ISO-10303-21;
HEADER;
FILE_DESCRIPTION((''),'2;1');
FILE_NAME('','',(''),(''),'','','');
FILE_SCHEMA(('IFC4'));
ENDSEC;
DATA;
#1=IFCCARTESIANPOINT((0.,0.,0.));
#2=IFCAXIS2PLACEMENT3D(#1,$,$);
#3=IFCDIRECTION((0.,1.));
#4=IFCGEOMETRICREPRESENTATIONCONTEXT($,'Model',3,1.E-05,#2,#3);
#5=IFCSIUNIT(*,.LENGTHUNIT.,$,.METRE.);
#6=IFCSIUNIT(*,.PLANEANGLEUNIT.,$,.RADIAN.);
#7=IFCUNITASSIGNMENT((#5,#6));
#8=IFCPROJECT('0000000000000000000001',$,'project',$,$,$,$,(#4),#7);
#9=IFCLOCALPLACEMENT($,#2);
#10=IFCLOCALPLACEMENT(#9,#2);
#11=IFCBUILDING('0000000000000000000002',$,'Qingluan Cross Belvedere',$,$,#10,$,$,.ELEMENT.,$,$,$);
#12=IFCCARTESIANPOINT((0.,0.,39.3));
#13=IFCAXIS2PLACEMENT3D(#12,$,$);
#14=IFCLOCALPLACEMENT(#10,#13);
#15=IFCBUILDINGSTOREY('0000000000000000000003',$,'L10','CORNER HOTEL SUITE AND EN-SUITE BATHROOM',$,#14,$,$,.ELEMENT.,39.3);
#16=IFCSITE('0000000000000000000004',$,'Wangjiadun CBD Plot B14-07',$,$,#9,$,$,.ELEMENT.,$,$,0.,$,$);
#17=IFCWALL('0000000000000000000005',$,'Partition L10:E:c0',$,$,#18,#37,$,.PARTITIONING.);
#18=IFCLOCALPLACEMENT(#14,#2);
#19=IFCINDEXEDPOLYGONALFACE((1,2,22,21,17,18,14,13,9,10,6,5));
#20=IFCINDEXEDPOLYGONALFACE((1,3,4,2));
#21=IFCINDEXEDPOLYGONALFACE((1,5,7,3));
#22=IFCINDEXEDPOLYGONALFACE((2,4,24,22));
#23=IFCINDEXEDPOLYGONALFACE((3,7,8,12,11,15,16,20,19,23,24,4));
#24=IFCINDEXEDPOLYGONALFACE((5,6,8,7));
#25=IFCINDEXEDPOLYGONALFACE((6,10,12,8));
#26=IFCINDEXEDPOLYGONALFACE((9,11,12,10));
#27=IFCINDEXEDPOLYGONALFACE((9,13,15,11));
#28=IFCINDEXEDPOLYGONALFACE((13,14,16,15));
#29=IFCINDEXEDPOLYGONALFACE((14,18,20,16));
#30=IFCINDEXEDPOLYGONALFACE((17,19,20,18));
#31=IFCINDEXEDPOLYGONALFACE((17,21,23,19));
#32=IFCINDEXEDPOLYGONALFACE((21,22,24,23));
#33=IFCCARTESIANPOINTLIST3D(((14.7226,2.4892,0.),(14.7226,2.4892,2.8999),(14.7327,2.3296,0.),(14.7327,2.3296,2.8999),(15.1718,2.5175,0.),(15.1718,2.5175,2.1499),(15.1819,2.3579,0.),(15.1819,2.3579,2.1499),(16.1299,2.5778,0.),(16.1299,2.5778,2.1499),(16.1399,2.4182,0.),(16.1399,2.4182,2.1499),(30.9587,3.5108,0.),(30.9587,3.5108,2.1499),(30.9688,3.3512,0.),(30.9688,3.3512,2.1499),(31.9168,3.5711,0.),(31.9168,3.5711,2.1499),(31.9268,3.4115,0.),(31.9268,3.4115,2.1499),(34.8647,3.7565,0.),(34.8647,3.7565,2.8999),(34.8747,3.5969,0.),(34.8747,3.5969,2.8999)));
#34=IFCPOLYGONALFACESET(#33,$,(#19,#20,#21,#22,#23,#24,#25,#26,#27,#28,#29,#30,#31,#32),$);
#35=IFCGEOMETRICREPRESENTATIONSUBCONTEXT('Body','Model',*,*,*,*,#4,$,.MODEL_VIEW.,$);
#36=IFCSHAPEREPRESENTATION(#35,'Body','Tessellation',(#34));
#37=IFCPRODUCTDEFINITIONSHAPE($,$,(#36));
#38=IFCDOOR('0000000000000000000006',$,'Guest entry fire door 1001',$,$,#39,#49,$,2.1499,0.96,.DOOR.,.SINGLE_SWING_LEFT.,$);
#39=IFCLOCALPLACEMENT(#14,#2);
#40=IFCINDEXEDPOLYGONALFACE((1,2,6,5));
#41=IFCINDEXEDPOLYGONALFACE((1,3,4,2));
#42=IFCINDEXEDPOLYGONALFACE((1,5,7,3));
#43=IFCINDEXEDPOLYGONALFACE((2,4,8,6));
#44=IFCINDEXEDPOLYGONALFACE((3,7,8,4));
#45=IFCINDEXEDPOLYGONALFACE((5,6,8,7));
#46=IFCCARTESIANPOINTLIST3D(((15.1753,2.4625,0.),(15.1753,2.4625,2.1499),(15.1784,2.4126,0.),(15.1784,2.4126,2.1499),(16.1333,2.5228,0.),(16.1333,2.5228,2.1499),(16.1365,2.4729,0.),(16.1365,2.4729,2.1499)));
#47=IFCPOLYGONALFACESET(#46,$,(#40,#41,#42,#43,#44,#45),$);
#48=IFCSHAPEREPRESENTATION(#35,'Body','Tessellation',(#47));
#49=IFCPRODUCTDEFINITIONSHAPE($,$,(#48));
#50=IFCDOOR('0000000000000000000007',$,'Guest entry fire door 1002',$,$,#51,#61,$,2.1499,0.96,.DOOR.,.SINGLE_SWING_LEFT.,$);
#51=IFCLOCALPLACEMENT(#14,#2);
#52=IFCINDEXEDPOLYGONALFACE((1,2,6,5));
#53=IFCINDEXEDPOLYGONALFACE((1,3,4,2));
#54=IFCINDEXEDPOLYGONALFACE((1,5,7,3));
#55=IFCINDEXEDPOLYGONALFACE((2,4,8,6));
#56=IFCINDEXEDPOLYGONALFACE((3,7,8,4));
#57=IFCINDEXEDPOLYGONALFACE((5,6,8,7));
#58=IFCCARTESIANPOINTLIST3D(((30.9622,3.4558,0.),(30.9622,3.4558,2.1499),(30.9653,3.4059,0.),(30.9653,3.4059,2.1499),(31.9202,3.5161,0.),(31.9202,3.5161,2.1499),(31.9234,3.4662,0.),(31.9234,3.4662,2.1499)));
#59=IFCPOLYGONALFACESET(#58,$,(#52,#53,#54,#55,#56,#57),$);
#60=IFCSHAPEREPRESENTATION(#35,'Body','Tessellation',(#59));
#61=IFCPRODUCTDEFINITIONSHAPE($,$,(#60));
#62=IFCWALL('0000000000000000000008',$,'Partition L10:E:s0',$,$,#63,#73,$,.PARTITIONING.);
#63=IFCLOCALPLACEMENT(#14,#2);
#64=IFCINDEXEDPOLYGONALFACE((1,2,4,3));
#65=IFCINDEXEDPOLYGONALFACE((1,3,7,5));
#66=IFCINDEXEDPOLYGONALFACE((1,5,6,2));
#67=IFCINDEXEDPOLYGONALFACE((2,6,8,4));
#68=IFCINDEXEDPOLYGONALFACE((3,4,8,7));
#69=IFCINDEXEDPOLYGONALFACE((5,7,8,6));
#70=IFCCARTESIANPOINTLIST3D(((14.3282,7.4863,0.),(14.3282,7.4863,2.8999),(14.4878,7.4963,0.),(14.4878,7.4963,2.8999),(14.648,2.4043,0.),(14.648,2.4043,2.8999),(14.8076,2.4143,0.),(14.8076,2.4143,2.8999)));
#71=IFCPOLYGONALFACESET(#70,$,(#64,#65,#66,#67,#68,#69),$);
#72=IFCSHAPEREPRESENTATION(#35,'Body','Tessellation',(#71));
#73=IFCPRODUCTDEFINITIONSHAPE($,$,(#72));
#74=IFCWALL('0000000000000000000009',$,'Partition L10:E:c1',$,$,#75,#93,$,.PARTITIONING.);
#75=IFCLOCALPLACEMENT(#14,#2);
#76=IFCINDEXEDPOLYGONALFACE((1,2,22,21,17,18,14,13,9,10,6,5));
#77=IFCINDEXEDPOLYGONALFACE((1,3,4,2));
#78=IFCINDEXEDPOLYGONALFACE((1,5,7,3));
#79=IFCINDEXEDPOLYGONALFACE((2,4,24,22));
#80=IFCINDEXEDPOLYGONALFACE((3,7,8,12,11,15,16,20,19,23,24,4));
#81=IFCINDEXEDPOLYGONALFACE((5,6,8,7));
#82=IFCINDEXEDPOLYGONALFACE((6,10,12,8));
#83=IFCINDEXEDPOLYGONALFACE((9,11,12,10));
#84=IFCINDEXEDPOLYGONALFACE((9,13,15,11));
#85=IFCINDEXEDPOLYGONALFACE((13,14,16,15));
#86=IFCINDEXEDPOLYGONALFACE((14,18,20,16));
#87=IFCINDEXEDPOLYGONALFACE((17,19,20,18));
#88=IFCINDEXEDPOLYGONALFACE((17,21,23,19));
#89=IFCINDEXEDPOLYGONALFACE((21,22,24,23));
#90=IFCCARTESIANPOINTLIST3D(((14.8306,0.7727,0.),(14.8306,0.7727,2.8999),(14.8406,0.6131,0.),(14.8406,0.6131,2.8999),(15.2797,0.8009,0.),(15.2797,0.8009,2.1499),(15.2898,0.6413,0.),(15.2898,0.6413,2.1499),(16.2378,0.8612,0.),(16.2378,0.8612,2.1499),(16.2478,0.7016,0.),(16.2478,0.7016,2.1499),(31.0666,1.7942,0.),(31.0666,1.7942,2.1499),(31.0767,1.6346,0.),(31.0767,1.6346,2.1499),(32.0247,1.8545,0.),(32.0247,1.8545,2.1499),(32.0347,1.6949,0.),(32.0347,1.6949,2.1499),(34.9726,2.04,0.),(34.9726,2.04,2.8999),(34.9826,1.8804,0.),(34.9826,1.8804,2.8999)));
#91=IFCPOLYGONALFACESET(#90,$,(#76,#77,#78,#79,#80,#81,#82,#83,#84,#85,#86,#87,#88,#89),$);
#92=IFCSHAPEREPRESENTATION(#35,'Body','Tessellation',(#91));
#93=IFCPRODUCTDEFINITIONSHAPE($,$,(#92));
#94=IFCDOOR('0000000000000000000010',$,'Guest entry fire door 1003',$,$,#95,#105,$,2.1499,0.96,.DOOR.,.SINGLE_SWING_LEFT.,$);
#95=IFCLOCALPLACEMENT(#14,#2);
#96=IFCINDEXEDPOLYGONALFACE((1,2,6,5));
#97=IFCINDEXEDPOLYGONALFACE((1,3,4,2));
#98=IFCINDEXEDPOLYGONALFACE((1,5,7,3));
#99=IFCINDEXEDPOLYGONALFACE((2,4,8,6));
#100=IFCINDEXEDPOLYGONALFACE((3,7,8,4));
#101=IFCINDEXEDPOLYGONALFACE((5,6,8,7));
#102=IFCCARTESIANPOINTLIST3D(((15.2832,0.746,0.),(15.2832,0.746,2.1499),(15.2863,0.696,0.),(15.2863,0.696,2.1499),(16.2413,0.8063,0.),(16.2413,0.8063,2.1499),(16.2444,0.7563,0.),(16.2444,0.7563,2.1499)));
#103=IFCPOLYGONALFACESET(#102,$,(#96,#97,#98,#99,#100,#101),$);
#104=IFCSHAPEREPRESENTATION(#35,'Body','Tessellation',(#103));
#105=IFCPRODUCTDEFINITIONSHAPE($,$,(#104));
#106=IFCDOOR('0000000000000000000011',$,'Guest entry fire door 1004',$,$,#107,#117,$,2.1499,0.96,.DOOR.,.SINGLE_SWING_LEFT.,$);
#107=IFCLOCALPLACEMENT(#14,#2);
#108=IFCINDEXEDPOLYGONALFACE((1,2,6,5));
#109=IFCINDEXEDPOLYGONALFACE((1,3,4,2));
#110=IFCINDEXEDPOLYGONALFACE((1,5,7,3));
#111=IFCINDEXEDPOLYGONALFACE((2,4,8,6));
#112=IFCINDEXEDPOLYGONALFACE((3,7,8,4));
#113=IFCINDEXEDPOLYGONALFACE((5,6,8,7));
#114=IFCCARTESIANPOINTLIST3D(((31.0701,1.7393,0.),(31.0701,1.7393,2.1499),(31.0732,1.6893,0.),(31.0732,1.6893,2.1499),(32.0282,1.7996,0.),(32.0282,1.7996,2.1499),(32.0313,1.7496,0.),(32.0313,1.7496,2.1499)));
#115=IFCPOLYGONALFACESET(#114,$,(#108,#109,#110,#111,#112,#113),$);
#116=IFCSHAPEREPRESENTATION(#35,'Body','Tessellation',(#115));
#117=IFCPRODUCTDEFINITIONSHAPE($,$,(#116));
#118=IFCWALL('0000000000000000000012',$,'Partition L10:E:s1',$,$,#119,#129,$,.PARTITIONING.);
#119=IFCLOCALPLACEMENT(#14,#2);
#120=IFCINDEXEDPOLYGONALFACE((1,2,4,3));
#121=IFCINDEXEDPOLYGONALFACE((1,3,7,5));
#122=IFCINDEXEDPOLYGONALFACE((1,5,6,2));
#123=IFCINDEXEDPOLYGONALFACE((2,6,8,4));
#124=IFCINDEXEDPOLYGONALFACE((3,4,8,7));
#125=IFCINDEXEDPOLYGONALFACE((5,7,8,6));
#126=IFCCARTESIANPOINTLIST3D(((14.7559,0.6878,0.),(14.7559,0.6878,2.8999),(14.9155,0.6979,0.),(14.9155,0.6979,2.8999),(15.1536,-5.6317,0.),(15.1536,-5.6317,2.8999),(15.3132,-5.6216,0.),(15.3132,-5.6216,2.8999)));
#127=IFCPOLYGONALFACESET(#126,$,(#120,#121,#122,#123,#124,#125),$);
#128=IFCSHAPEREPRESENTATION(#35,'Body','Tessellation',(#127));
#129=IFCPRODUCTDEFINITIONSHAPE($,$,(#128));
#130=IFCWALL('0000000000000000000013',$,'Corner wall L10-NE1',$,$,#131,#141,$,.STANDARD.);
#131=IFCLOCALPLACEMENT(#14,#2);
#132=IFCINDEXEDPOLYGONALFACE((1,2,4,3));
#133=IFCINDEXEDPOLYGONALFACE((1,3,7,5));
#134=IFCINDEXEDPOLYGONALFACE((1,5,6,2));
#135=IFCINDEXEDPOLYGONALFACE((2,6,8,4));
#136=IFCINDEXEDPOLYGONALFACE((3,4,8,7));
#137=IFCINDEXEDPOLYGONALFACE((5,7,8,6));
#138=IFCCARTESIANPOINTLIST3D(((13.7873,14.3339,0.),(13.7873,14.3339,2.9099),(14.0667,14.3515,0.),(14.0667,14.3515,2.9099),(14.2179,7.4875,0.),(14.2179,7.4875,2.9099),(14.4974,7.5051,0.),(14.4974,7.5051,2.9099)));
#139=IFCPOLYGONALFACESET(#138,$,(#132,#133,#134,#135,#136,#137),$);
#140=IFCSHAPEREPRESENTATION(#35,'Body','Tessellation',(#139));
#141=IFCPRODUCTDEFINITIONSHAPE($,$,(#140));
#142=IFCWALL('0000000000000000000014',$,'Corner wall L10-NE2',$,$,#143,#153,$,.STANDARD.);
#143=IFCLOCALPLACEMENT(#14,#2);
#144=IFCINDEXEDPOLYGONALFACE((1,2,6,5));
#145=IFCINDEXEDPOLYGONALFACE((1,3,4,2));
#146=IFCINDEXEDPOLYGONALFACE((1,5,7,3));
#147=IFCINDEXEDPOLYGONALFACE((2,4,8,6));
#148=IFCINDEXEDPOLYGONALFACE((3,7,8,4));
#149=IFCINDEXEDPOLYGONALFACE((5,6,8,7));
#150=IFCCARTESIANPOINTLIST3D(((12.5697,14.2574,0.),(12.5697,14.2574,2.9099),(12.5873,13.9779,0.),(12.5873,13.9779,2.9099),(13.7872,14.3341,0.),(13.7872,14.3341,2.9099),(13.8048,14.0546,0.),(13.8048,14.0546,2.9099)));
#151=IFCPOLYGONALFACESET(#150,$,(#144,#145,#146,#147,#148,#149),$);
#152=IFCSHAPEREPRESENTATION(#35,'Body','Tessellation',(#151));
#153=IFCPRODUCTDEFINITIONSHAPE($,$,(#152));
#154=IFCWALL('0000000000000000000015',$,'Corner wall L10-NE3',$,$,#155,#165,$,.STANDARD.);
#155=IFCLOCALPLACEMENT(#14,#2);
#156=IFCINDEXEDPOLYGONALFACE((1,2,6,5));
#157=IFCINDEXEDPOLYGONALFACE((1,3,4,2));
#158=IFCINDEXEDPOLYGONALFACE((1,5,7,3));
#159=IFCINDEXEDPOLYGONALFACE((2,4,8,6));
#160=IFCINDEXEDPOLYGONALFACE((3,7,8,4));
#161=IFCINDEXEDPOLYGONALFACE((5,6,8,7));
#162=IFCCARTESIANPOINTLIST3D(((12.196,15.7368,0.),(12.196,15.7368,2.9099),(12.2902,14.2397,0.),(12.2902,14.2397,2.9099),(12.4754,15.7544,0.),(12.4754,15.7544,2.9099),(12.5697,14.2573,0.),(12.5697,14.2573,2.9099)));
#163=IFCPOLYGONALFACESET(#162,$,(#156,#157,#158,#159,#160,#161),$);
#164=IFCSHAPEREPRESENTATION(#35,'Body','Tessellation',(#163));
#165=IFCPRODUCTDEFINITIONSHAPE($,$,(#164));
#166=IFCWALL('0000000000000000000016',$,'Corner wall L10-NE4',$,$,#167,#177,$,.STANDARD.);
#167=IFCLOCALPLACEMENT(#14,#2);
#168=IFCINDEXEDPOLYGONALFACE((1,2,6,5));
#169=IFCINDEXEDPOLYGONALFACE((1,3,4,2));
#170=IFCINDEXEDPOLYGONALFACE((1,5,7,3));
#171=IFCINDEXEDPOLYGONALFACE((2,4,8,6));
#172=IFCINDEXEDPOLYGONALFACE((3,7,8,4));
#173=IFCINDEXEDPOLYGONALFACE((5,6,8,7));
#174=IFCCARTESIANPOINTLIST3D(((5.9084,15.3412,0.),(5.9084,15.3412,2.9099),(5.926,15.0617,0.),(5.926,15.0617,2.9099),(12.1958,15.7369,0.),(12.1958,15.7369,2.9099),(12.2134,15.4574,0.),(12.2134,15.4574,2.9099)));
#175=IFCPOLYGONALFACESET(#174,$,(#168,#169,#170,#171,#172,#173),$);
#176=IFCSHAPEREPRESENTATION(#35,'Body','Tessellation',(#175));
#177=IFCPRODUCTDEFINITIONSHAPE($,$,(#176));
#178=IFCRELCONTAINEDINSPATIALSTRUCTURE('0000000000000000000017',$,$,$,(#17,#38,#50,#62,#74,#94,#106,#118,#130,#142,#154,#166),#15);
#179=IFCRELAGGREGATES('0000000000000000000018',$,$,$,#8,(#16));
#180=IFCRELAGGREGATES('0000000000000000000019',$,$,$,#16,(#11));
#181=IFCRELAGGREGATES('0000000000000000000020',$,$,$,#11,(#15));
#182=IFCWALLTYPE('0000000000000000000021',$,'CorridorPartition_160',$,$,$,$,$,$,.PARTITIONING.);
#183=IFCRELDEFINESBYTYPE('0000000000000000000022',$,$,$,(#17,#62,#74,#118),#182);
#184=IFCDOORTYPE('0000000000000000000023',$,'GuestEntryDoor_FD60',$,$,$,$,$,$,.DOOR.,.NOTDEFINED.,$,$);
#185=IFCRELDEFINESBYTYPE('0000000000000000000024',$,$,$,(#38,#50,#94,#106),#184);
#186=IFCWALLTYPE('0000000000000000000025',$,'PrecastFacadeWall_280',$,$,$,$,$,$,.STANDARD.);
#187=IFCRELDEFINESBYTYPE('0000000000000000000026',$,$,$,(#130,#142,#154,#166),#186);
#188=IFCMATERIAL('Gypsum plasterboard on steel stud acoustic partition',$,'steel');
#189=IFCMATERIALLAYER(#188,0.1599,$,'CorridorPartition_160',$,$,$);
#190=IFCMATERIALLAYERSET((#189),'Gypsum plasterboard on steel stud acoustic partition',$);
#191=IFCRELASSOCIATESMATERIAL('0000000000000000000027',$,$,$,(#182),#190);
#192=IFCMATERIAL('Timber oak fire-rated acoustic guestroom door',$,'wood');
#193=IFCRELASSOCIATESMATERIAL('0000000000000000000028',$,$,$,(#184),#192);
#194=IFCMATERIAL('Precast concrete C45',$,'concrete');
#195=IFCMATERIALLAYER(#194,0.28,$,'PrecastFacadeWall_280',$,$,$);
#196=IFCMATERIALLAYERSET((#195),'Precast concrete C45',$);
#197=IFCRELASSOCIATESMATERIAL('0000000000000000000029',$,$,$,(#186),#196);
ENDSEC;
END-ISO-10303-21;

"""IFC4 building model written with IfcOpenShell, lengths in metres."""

from ifc_helpers import new_model, si_unit, direction, frame, frame_2d, origin, place, context, subcontext, project, spatial, rectangle, extrude, material, layer, layer_set, type_object, element, fill, save


model = new_model("IFC4")

# Units and contexts
model_context = context("Model", 3, precision=1e-05, world=origin(), true_north=direction((0.0, 1.0)))
body_context = subcontext(model_context, "Body", "Model", "MODEL_VIEW")
ifc_project = project(units=[si_unit("LENGTHUNIT", "METRE"), si_unit("PLANEANGLEUNIT", "RADIAN")], contexts=[model_context])

# Site, building, storey
site_placement = place(None, origin())
site = spatial("IfcSite", under=ifc_project, at=site_placement, Name="Wangjiadun CBD Plot B14-07", CompositionType="ELEMENT", RefElevation=0.0)
building_placement = place(site_placement, origin())
building = spatial("IfcBuilding", under=site, at=building_placement, Name="Qingluan Cross Belvedere", CompositionType="ELEMENT")
storey_placement = place(building_placement, frame((0.0, 0.0, 39.3)))
storey = spatial("IfcBuildingStorey", under=building, at=storey_placement, Name="L10", Description="CORNER HOTEL SUITE AND EN-SUITE BATHROOM", CompositionType="ELEMENT", Elevation=39.3)

# Shared definitions
ifc_material_1 = material(Name="Gypsum plasterboard on steel stud acoustic partition", Category="steel")
ifc_layer_1 = layer(ifc_material_1, 0.1599, Name="CorridorPartition_160")
ifc_layer_set_1 = layer_set([ifc_layer_1], Name="Gypsum plasterboard on steel stud acoustic partition")
wall_type_1 = type_object("IfcWallType", Name="CorridorPartition_160", PredefinedType="PARTITIONING", material=ifc_layer_set_1)

# Wall, openings, doors
wall_1_placement = place(storey_placement, frame((14.7278, 2.4094, 0.0), z_axis=(0.0, 0.0, 1.0), x_axis=(0.998026, 0.062796, 0.0)))
wall_1 = element("IfcWall", 1, at=wall_1_placement, inside=storey, type_object=wall_type_1, Name="Partition L10:E:c0", PredefinedType="PARTITIONING", context=body_context, shape_type="SweptSolid", body=[
    extrude(rectangle(XDim=20.1819, YDim=0.1599, at=frame_2d((10.0908, 0.0))), origin(), (0.0, 0.0, 1.0), 2.8999),
])
opening_1_placement = place(wall_1_placement, frame((0.45, 0.0, 0.0)))
opening_1 = element("IfcOpeningElement", 2, at=opening_1_placement, cuts=wall_1, PredefinedType="OPENING", context=body_context, shape_type="SweptSolid", body=[
    extrude(rectangle(XDim=0.96, YDim=2.1499, at=frame_2d((0.48, 1.075))), frame((0.0, 0.0898, 0.0), z_axis=(0.0, -1.0, 0.0), x_axis=(1.0, 0.0, 0.0)), (0.0, 0.0, 1.0), 0.1799),
])
opening_2_placement = place(wall_1_placement, frame((16.2681, 0.0, 0.0)))
opening_2 = element("IfcOpeningElement", 3, at=opening_2_placement, cuts=wall_1, PredefinedType="OPENING", context=body_context, shape_type="SweptSolid", body=[
    extrude(rectangle(XDim=0.96, YDim=2.1499, at=frame_2d((0.48, 1.075))), frame((0.0, 0.0898, 0.0), z_axis=(0.0, -1.0, 0.0), x_axis=(1.0, 0.0, 0.0)), (0.0, 0.0, 1.0), 0.1799),
])
ifc_material_2 = material(Name="Timber oak fire-rated acoustic guestroom door", Category="wood")
door_type_1 = type_object("IfcDoorType", Name="GuestEntryDoor_FD60", OperationType="NOTDEFINED", PredefinedType="DOOR", material=ifc_material_2)
door_1_placement = place(opening_1_placement, origin())
door_1 = element("IfcDoor", 4, at=door_1_placement, inside=storey, type_object=door_type_1, Name="Guest entry fire door 1001", OperationType="SINGLE_SWING_LEFT", OverallHeight=2.1499, OverallWidth=0.96, PredefinedType="DOOR", context=body_context, shape_type="SweptSolid", body=[
    extrude(rectangle(XDim=0.96, YDim=2.1499, at=frame_2d((0.48, 1.075))), frame((0.0, 0.0249, 0.0), z_axis=(0.0, -1.0, 0.0), x_axis=(1.0, 0.0, 0.0)), (0.0, 0.0, 1.0), 0.05),
])
fill(opening_1, door_1)
door_2_placement = place(opening_2_placement, origin())
door_2 = element("IfcDoor", 5, at=door_2_placement, inside=storey, type_object=door_type_1, Name="Guest entry fire door 1002", OperationType="SINGLE_SWING_LEFT", OverallHeight=2.1499, OverallWidth=0.96, PredefinedType="DOOR", context=body_context, shape_type="SweptSolid", body=[
    extrude(rectangle(XDim=0.96, YDim=2.1499, at=frame_2d((0.48, 1.075))), frame((0.0, 0.0249, 0.0), z_axis=(0.0, -1.0, 0.0), x_axis=(1.0, 0.0, 0.0)), (0.0, 0.0, 1.0), 0.05),
])
fill(opening_2, door_2)

# Wall
wall_2_placement = place(storey_placement, frame((14.7278, 2.4094, 0.0), z_axis=(0.0, 0.0, 1.0), x_axis=(-0.062808, 0.998026, 0.0)))
element("IfcWall", 6, at=wall_2_placement, inside=storey, type_object=wall_type_1, Name="Partition L10:E:s0", PredefinedType="PARTITIONING", context=body_context, shape_type="SweptSolid", body=[
    extrude(rectangle(XDim=5.092, YDim=0.1599, at=frame_2d((2.5459, 0.0))), origin(), (0.0, 0.0, 1.0), 2.8999),
])

# Wall, openings, doors
wall_3_placement = place(storey_placement, frame((14.8357, 0.6929, 0.0), z_axis=(0.0, 0.0, 1.0), x_axis=(0.998026, 0.062796, 0.0)))
wall_3 = element("IfcWall", 7, at=wall_3_placement, inside=storey, type_object=wall_type_1, Name="Partition L10:E:c1", PredefinedType="PARTITIONING", context=body_context, shape_type="SweptSolid", body=[
    extrude(rectangle(XDim=20.1819, YDim=0.1599, at=frame_2d((10.0908, 0.0))), origin(), (0.0, 0.0, 1.0), 2.8999),
])
opening_3_placement = place(wall_3_placement, frame((0.45, 0.0, 0.0)))
opening_3 = element("IfcOpeningElement", 8, at=opening_3_placement, cuts=wall_3, PredefinedType="OPENING", context=body_context, shape_type="SweptSolid", body=[
    extrude(rectangle(XDim=0.96, YDim=2.1499, at=frame_2d((0.48, 1.075))), frame((0.0, 0.0898, 0.0), z_axis=(0.0, -1.0, 0.0), x_axis=(1.0, 0.0, 0.0)), (0.0, 0.0, 1.0), 0.1799),
])
opening_4_placement = place(wall_3_placement, frame((16.2681, 0.0, 0.0)))
opening_4 = element("IfcOpeningElement", 9, at=opening_4_placement, cuts=wall_3, PredefinedType="OPENING", context=body_context, shape_type="SweptSolid", body=[
    extrude(rectangle(XDim=0.96, YDim=2.1499, at=frame_2d((0.48, 1.075))), frame((0.0, 0.0898, 0.0), z_axis=(0.0, -1.0, 0.0), x_axis=(1.0, 0.0, 0.0)), (0.0, 0.0, 1.0), 0.1799),
])
door_3_placement = place(opening_3_placement, origin())
door_3 = element("IfcDoor", 10, at=door_3_placement, inside=storey, type_object=door_type_1, Name="Guest entry fire door 1003", OperationType="SINGLE_SWING_LEFT", OverallHeight=2.1499, OverallWidth=0.96, PredefinedType="DOOR", context=body_context, shape_type="SweptSolid", body=[
    extrude(rectangle(XDim=0.96, YDim=2.1499, at=frame_2d((0.48, 1.075))), frame((0.0, 0.0249, 0.0), z_axis=(0.0, -1.0, 0.0), x_axis=(1.0, 0.0, 0.0)), (0.0, 0.0, 1.0), 0.05),
])
fill(opening_3, door_3)
door_4_placement = place(opening_4_placement, origin())
door_4 = element("IfcDoor", 11, at=door_4_placement, inside=storey, type_object=door_type_1, Name="Guest entry fire door 1004", OperationType="SINGLE_SWING_LEFT", OverallHeight=2.1499, OverallWidth=0.96, PredefinedType="DOOR", context=body_context, shape_type="SweptSolid", body=[
    extrude(rectangle(XDim=0.96, YDim=2.1499, at=frame_2d((0.48, 1.075))), frame((0.0, 0.0249, 0.0), z_axis=(0.0, -1.0, 0.0), x_axis=(1.0, 0.0, 0.0)), (0.0, 0.0, 1.0), 0.05),
])
fill(opening_4, door_4)

# Walls
wall_4_placement = place(storey_placement, frame((14.8357, 0.6929, 0.0), z_axis=(0.0, 0.0, 1.0), x_axis=(0.062808, -0.998026, 0.0)))
element("IfcWall", 12, at=wall_4_placement, inside=storey, type_object=wall_type_1, Name="Partition L10:E:s1", PredefinedType="PARTITIONING", context=body_context, shape_type="SweptSolid", body=[
    extrude(rectangle(XDim=6.332, YDim=0.1599, at=frame_2d((3.166, 0.0))), origin(), (0.0, 0.0, 1.0), 2.8999),
])
ifc_material_3 = material(Name="Precast concrete C45", Category="concrete")
ifc_layer_2 = layer(ifc_material_3, 0.28, Name="PrecastFacadeWall_280")
ifc_layer_set_2 = layer_set([ifc_layer_2], Name="Precast concrete C45")
wall_type_2 = type_object("IfcWallType", Name="PrecastFacadeWall_280", PredefinedType="STANDARD", material=ifc_layer_set_2)
wall_5_placement = place(storey_placement, frame((14.3577, 7.4963, 0.0), z_axis=(0.0, 0.0, 1.0), x_axis=(-0.062779, 0.998027, 0.0)))
element("IfcWall", 13, at=wall_5_placement, inside=storey, type_object=wall_type_2, Name="Corner wall L10-NE1", PredefinedType="STANDARD", context=body_context, shape_type="SweptSolid", body=[
    extrude(rectangle(XDim=6.8599, YDim=0.28, at=frame_2d((3.4299, 0.0))), origin(), (0.0, 0.0, 1.0), 2.9099),
])
wall_6_placement = place(storey_placement, frame((13.7959, 14.1943, 0.0), z_axis=(0.0, 0.0, 1.0), x_axis=(-0.998024, -0.062839, 0.0)))
element("IfcWall", 14, at=wall_6_placement, inside=storey, type_object=wall_type_2, Name="Corner wall L10-NE2", PredefinedType="STANDARD", context=body_context, shape_type="SweptSolid", body=[
    extrude(rectangle(XDim=1.22, YDim=0.28, at=frame_2d((0.6099, 0.0))), origin(), (0.0, 0.0, 1.0), 2.9099),
])
wall_7_placement = place(storey_placement, frame((12.4299, 14.2485, 0.0), z_axis=(0.0, 0.0, 1.0), x_axis=(-0.062824, 0.998025, 0.0)))
element("IfcWall", 15, at=wall_7_placement, inside=storey, type_object=wall_type_2, Name="Corner wall L10-NE3", PredefinedType="STANDARD", context=body_context, shape_type="SweptSolid", body=[
    extrude(rectangle(XDim=1.5, YDim=0.28, at=frame_2d((0.75, 0.0))), origin(), (0.0, 0.0, 1.0), 2.9099),
])
wall_8_placement = place(storey_placement, frame((12.2046, 15.5972, 0.0), z_axis=(0.0, 0.0, 1.0), x_axis=(-0.998025, -0.06282, 0.0)))
element("IfcWall", 16, at=wall_8_placement, inside=storey, type_object=wall_type_2, Name="Corner wall L10-NE4", PredefinedType="STANDARD", context=body_context, shape_type="SweptSolid", body=[
    extrude(rectangle(XDim=6.2998, YDim=0.28, at=frame_2d((3.1499, 0.0))), origin(), (0.0, 0.0, 1.0), 2.9099),
])

save(model, "model.ifc")
